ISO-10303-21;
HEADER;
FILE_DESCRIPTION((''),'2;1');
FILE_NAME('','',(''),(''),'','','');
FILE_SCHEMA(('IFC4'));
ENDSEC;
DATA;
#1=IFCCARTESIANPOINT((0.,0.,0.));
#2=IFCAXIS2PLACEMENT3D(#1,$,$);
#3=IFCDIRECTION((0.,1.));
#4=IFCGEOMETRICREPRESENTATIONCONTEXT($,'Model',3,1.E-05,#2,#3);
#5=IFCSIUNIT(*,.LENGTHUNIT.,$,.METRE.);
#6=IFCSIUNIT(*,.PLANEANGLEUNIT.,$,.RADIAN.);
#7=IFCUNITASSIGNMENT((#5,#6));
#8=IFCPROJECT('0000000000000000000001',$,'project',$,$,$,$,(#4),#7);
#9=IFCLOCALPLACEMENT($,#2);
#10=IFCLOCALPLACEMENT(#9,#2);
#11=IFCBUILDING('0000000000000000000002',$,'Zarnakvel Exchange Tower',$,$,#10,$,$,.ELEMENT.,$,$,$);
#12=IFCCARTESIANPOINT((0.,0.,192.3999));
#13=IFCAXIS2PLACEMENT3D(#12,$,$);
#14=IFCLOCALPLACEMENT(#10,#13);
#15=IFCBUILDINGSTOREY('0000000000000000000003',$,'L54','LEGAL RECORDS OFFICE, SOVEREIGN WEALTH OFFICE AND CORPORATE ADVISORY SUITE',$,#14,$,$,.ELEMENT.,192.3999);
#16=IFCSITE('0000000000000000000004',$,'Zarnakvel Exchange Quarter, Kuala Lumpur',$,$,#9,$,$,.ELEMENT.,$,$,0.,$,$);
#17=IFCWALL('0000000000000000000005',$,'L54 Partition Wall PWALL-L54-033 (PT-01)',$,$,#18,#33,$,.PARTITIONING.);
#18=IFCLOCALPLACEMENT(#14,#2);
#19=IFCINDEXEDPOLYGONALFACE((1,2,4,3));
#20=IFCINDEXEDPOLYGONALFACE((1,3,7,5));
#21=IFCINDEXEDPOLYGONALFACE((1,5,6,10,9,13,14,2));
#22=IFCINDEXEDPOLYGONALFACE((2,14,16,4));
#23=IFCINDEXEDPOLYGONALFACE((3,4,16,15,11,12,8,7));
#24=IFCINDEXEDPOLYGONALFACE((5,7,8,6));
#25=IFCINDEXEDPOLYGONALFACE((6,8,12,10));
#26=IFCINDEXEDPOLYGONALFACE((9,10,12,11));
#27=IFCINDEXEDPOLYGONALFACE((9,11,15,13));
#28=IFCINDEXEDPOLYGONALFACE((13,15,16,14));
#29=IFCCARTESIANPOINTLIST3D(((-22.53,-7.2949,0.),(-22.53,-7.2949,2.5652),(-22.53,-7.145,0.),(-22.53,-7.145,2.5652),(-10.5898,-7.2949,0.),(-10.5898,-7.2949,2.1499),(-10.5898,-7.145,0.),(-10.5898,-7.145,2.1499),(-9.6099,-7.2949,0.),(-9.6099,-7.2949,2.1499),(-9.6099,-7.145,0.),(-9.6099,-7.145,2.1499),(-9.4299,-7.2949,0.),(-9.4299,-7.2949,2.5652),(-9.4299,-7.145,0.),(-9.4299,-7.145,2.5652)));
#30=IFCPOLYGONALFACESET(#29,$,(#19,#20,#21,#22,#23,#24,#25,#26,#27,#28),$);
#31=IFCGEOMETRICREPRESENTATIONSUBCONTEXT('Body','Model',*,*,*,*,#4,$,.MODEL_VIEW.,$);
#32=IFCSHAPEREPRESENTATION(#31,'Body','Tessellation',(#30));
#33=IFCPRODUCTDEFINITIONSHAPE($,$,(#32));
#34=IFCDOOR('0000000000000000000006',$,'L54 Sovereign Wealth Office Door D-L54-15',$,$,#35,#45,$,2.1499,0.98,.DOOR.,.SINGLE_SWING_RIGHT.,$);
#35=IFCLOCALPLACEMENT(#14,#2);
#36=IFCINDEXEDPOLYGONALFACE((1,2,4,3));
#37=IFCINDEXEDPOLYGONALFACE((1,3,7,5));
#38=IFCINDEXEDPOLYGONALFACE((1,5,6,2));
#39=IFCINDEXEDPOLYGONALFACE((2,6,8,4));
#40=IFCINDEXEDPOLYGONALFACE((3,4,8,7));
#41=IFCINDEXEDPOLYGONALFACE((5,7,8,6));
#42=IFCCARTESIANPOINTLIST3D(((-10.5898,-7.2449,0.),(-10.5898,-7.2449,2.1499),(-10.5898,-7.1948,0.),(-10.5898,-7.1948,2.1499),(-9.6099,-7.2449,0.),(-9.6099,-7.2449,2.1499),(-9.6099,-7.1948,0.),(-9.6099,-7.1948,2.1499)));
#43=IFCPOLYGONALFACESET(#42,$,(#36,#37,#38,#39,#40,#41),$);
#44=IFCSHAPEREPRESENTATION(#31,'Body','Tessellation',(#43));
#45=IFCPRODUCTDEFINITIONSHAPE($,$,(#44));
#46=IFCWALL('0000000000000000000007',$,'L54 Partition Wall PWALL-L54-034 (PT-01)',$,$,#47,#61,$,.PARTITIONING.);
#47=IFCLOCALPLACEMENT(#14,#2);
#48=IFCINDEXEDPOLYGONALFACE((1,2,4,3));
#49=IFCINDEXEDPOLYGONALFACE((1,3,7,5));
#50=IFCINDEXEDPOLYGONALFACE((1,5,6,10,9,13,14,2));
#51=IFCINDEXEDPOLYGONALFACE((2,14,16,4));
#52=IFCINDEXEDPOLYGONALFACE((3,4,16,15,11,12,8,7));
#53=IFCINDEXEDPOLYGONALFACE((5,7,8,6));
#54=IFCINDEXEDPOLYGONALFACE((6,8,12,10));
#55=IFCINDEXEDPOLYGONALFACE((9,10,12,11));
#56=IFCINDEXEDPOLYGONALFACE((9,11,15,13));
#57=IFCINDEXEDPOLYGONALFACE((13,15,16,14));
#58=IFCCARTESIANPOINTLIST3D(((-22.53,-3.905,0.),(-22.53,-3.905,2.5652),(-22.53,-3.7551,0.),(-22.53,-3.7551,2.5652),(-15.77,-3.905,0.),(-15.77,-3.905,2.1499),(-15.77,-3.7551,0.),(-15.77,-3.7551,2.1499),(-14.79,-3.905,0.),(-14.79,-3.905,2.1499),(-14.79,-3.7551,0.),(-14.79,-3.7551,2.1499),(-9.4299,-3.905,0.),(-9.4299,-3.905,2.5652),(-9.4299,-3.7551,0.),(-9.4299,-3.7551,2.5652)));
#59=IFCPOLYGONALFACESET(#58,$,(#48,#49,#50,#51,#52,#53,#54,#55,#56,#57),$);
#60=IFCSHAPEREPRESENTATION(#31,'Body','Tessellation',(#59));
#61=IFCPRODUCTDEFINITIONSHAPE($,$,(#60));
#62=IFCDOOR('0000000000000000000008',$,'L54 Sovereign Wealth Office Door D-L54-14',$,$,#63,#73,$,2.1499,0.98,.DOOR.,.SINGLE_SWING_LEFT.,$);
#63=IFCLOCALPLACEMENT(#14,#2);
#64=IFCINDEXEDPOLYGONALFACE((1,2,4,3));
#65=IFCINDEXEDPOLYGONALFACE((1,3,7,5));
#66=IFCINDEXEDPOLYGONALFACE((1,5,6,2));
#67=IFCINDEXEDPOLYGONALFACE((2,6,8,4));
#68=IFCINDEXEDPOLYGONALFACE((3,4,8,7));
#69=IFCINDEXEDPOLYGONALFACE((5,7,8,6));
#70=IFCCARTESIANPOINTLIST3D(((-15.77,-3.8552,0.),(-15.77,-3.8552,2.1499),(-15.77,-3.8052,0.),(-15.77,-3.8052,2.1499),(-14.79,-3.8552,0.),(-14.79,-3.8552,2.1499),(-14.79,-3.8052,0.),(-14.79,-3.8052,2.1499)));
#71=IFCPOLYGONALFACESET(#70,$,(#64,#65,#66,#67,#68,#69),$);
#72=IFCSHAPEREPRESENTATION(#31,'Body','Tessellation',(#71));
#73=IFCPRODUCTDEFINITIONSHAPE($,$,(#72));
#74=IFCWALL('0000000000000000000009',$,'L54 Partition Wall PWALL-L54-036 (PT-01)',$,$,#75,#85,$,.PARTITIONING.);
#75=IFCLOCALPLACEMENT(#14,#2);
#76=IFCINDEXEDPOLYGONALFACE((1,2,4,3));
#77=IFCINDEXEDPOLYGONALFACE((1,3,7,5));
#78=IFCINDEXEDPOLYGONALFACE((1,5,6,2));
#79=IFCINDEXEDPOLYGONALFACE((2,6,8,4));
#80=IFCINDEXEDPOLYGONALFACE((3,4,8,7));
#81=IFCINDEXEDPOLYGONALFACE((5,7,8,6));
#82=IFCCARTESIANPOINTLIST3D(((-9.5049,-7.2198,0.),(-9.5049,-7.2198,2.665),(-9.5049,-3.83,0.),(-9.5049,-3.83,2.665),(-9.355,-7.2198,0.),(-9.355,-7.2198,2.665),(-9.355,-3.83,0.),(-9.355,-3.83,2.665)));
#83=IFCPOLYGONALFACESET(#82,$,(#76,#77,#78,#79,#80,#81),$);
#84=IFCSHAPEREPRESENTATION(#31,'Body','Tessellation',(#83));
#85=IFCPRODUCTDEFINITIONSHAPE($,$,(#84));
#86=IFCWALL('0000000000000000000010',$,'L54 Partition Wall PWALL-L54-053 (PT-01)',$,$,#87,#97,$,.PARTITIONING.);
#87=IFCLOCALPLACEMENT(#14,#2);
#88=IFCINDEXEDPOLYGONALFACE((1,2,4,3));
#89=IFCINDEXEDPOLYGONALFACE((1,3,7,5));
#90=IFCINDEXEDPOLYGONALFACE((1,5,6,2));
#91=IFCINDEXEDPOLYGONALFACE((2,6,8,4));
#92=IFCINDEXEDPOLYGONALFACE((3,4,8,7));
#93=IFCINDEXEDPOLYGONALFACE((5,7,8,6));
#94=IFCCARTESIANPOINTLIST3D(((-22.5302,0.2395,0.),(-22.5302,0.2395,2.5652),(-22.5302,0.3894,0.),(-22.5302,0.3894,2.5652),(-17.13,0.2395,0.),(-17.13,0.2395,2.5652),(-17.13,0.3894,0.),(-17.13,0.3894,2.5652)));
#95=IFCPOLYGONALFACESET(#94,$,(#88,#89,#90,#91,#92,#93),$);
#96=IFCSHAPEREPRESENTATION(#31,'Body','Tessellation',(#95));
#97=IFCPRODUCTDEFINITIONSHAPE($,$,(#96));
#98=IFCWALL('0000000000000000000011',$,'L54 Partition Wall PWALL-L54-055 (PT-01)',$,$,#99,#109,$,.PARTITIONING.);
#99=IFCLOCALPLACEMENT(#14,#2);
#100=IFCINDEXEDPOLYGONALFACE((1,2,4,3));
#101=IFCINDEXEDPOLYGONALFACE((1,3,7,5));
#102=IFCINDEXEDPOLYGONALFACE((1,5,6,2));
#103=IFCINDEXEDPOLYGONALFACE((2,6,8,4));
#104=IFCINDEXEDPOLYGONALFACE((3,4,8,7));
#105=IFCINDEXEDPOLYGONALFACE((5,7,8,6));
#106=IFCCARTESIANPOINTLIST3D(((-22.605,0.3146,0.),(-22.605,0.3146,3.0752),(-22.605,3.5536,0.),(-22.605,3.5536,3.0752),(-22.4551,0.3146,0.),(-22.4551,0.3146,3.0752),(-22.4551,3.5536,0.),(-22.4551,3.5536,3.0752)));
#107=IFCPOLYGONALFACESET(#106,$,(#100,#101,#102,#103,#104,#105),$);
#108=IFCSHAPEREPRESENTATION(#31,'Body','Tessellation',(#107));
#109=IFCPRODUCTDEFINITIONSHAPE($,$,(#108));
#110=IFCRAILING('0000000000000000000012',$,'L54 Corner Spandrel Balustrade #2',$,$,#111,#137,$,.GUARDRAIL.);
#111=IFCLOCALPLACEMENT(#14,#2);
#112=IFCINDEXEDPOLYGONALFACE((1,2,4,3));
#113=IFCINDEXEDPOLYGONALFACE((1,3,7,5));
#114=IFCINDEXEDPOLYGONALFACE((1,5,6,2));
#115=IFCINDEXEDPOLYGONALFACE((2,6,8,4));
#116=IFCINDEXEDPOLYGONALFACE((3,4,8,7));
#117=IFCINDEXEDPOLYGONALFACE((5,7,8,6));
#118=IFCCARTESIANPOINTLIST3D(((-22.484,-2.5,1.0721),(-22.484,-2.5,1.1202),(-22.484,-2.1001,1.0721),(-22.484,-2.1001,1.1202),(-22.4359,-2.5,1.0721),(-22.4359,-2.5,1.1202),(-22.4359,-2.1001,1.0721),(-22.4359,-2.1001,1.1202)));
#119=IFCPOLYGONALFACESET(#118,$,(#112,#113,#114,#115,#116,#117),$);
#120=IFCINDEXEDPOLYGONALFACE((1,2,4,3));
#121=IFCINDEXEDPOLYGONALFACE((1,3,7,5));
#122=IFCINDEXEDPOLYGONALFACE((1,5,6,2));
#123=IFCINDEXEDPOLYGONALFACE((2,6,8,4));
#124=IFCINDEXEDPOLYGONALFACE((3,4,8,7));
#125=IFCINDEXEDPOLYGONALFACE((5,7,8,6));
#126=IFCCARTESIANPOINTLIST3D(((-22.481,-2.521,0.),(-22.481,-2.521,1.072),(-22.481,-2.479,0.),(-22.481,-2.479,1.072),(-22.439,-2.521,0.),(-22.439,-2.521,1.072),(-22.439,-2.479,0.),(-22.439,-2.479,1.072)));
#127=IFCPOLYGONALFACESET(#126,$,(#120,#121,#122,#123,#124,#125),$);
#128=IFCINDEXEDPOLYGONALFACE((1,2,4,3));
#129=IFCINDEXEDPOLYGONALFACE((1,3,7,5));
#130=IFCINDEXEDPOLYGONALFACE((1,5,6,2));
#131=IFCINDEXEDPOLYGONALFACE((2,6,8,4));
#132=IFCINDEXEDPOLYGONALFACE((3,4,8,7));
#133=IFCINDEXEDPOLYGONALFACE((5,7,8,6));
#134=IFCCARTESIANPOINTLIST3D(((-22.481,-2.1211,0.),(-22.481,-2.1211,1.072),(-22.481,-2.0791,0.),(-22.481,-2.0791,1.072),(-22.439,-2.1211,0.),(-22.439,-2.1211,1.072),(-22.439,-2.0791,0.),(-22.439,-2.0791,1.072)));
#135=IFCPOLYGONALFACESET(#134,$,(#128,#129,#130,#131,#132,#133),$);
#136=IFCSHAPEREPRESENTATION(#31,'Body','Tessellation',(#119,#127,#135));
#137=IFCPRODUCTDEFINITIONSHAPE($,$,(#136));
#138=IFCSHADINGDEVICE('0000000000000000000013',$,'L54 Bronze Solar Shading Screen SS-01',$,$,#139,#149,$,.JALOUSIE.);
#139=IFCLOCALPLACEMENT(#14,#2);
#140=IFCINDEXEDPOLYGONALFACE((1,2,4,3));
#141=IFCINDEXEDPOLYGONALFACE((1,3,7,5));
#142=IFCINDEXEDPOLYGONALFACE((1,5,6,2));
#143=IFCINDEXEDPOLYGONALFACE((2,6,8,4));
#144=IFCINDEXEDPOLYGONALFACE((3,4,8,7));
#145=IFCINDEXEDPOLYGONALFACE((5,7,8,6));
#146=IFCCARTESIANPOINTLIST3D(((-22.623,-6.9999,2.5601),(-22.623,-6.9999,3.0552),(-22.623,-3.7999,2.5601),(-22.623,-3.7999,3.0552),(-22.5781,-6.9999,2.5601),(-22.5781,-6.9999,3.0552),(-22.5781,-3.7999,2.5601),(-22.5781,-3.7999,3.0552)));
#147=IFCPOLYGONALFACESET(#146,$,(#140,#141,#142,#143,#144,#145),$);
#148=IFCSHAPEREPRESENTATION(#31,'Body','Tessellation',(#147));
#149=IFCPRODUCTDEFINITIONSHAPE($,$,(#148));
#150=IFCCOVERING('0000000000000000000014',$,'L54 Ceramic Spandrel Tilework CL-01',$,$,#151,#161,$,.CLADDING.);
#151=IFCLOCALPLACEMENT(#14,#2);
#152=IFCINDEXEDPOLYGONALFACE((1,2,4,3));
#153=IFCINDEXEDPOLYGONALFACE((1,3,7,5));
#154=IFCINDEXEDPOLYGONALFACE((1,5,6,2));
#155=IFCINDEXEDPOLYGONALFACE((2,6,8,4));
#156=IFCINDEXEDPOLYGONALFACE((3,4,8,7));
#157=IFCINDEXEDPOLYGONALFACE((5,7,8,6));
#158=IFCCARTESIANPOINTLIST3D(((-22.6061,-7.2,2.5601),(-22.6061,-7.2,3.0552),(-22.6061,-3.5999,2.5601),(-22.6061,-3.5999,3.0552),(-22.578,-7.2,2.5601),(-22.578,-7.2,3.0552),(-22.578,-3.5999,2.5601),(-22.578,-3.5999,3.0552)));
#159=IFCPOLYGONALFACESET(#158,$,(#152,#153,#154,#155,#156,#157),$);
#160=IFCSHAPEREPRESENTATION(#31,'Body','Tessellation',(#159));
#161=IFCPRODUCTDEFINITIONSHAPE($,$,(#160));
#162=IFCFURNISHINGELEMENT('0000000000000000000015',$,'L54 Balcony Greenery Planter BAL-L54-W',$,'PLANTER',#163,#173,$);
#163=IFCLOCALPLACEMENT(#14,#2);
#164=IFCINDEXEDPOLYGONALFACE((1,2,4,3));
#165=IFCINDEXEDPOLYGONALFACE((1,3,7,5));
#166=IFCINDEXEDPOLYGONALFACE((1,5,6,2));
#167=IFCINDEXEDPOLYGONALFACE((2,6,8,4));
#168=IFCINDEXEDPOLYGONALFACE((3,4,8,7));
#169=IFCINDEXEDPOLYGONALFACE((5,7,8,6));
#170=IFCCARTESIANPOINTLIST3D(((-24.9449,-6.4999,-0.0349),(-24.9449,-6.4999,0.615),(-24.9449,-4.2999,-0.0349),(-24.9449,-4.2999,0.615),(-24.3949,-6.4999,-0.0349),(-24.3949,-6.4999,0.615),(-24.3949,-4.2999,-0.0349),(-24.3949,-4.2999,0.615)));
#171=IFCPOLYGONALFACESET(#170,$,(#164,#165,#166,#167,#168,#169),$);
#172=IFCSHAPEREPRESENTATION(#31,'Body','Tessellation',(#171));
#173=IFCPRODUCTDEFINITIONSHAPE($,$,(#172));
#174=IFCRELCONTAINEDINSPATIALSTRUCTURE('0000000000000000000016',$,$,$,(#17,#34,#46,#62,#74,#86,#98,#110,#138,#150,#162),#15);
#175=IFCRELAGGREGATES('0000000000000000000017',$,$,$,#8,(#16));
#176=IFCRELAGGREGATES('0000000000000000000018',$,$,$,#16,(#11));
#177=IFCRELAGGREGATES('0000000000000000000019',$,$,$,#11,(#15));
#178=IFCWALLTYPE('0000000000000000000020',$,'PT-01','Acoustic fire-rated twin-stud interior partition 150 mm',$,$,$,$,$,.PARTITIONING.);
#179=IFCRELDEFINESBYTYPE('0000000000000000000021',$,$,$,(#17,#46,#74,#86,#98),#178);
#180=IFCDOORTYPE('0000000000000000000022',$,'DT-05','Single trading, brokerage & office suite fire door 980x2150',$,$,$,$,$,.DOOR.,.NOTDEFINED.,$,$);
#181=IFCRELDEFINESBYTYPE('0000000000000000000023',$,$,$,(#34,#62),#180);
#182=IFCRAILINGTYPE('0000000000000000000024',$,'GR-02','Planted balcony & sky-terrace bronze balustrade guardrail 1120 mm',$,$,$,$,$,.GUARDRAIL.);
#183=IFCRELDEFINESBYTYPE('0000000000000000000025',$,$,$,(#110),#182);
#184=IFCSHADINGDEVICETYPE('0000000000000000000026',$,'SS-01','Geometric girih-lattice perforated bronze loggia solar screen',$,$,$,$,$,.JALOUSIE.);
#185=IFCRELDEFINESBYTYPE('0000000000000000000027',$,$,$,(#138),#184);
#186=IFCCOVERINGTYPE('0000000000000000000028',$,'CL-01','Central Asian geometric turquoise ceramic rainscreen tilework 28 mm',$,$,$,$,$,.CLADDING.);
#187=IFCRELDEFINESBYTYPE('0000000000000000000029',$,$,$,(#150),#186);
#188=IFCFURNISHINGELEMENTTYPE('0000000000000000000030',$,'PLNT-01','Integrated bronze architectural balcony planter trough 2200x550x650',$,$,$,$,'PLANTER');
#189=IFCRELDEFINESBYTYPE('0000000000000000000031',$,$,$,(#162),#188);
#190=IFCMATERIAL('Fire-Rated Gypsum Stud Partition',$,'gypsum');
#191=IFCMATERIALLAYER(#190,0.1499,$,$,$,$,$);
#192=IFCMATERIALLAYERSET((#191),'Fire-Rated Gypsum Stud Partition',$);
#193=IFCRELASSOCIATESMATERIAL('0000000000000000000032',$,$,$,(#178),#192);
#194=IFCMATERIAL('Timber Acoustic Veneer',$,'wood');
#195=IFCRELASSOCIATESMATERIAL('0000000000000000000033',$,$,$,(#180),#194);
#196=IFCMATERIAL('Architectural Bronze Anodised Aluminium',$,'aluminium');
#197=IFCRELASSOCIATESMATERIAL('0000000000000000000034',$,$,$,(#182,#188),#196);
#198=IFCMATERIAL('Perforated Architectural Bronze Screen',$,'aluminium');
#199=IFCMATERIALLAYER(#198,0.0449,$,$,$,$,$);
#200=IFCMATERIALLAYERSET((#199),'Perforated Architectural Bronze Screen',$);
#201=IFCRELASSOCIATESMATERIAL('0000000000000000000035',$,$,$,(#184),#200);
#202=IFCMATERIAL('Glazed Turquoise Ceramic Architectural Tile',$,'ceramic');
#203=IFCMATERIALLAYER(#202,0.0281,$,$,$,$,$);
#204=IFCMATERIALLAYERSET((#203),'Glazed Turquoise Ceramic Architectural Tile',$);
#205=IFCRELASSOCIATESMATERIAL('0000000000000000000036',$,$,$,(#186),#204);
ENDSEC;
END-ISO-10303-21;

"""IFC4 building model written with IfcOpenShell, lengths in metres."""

from ifc_helpers import new_model, si_unit, direction, frame, frame_2d, origin, origin_2d, place, context, subcontext, project, spatial, rectangle, extrude, source, transform, mapped, material, layer, layer_set, type_object, element, fill, save


model = new_model("IFC4")

# Units and contexts
model_context = context("Model", 3, precision=1e-05, world=origin(), true_north=direction((0.0, 1.0)))
body_context = subcontext(model_context, "Body", "Model", "MODEL_VIEW")
ifc_project = project(units=[si_unit("LENGTHUNIT", "METRE"), si_unit("PLANEANGLEUNIT", "RADIAN")], contexts=[model_context])

# Site, building, storey
site_placement = place(None, origin())
site = spatial("IfcSite", under=ifc_project, at=site_placement, Name="Zarnakvel Exchange Quarter, Kuala Lumpur", CompositionType="ELEMENT", RefElevation=0.0)
building_placement = place(site_placement, origin())
building = spatial("IfcBuilding", under=site, at=building_placement, Name="Zarnakvel Exchange Tower", CompositionType="ELEMENT")
storey_placement = place(building_placement, frame((0.0, 0.0, 192.3999)))
storey = spatial("IfcBuildingStorey", under=building, at=storey_placement, Name="L54", Description="LEGAL RECORDS OFFICE, SOVEREIGN WEALTH OFFICE AND CORPORATE ADVISORY SUITE", CompositionType="ELEMENT", Elevation=192.3999)

# Shared definitions
ifc_material_1 = material(Name="Architectural Bronze Anodised Aluminium", Category="aluminium")

# Walls, openings, doors
ifc_material_2 = material(Name="Fire-Rated Gypsum Stud Partition", Category="gypsum")
ifc_layer_1 = layer(ifc_material_2, 0.1499)
ifc_layer_set_1 = layer_set([ifc_layer_1], Name="Fire-Rated Gypsum Stud Partition")
wall_type_1 = type_object("IfcWallType", Name="PT-01", Description="Acoustic fire-rated twin-stud interior partition 150 mm", PredefinedType="PARTITIONING", material=ifc_layer_set_1)
wall_1_placement = place(storey_placement, frame((-9.4299, -7.22, 0.0), z_axis=(0.0, 0.0, 1.0), x_axis=(-1.0, 0.0, 0.0)))
wall_1 = element("IfcWall", 1, at=wall_1_placement, inside=storey, type_object=wall_type_1, Name="L54 Partition Wall PWALL-L54-033 (PT-01)", PredefinedType="PARTITIONING", context=body_context, shape_type="SweptSolid", body=[
    extrude(rectangle(XDim=13.1001, YDim=0.1499, at=frame_2d((6.55, 0.0))), origin(), (0.0, 0.0, 1.0), 2.5652),
])
opening_1_placement = place(wall_1_placement, frame((0.1799, 0.0, 0.0)))
opening_1 = element("IfcOpeningElement", 2, at=opening_1_placement, cuts=wall_1, PredefinedType="OPENING", context=body_context, shape_type="SweptSolid", body=[
    extrude(rectangle(XDim=0.98, YDim=2.1499, at=frame_2d((0.49, 1.075))), frame((0.0, 0.085, 0.0), z_axis=(0.0, -1.0, 0.0), x_axis=(1.0, 0.0, 0.0)), (0.0, 0.0, 1.0), 0.1699),
])
ifc_material_3 = material(Name="Timber Acoustic Veneer", Category="wood")
door_type = type_object("IfcDoorType", Name="DT-05", Description="Single trading, brokerage & office suite fire door 980x2150", OperationType="NOTDEFINED", PredefinedType="DOOR", material=ifc_material_3)
shared_shape_1 = source(origin(), body_context, "Body", "SweptSolid", [
    extrude(rectangle(XDim=0.98, YDim=2.1499, at=frame_2d((0.49, 1.075))), frame((0.0, 0.0249, 0.0), z_axis=(0.0, -1.0, 0.0), x_axis=(1.0, 0.0, 0.0)), (0.0, 0.0, 1.0), 0.05),
])
door_1_placement = place(opening_1_placement, origin())
door_1 = element("IfcDoor", 3, at=door_1_placement, inside=storey, type_object=door_type, Name="L54 Sovereign Wealth Office Door D-L54-15", OperationType="SINGLE_SWING_RIGHT", OverallHeight=2.1499, OverallWidth=0.98, PredefinedType="DOOR", context=body_context, shape_type="MappedRepresentation", body=[
    mapped(shared_shape_1, transform((0.0, 0.0, 0.0), x_axis=(1.0, 0.0, 0.0), y_axis=(0.0, 1.0, 0.0), z_axis=(0.0, 0.0, 1.0), scale=1.0)),
])
fill(opening_1, door_1)
wall_2_placement = place(storey_placement, frame((-22.53, -3.8301, 0.0), z_axis=(0.0, 0.0, 1.0), x_axis=(1.0, 0.0, 0.0)))
wall_2 = element("IfcWall", 4, at=wall_2_placement, inside=storey, type_object=wall_type_1, Name="L54 Partition Wall PWALL-L54-034 (PT-01)", PredefinedType="PARTITIONING", context=body_context, shape_type="SweptSolid", body=[
    extrude(rectangle(XDim=13.1001, YDim=0.1499, at=frame_2d((6.55, 0.0))), origin(), (0.0, 0.0, 1.0), 2.5652),
])
opening_2_placement = place(wall_2_placement, frame((6.76, 0.0, 0.0)))
opening_2 = element("IfcOpeningElement", 5, at=opening_2_placement, cuts=wall_2, PredefinedType="OPENING", context=body_context, shape_type="SweptSolid", body=[
    extrude(rectangle(XDim=0.98, YDim=2.1499, at=frame_2d((0.49, 1.075))), frame((0.0, 0.085, 0.0), z_axis=(0.0, -1.0, 0.0), x_axis=(1.0, 0.0, 0.0)), (0.0, 0.0, 1.0), 0.1699),
])
door_2_placement = place(opening_2_placement, origin())
door_2 = element("IfcDoor", 6, at=door_2_placement, inside=storey, type_object=door_type, Name="L54 Sovereign Wealth Office Door D-L54-14", OperationType="SINGLE_SWING_LEFT", OverallHeight=2.1499, OverallWidth=0.98, PredefinedType="DOOR", context=body_context, shape_type="MappedRepresentation", body=[
    mapped(shared_shape_1, transform((0.0, 0.0, 0.0), x_axis=(1.0, 0.0, 0.0), y_axis=(0.0, 1.0, 0.0), z_axis=(0.0, 0.0, 1.0), scale=1.0)),
])
fill(opening_2, door_2)

# Walls
wall_3_placement = place(storey_placement, frame((-9.4299, -3.8301, 0.0), z_axis=(0.0, 0.0, 1.0), x_axis=(0.0, -1.0, 0.0)))
element("IfcWall", 7, at=wall_3_placement, inside=storey, type_object=wall_type_1, Name="L54 Partition Wall PWALL-L54-036 (PT-01)", PredefinedType="PARTITIONING", context=body_context, shape_type="SweptSolid", body=[
    extrude(rectangle(XDim=3.3899, YDim=0.1499, at=frame_2d((1.6948, 0.0))), origin(), (0.0, 0.0, 1.0), 2.665),
])
wall_4_placement = place(storey_placement, frame((-17.1299, 0.3145, 0.0), z_axis=(0.0, 0.0, 1.0), x_axis=(-1.0, 0.0, 0.0)))
element("IfcWall", 8, at=wall_4_placement, inside=storey, type_object=wall_type_1, Name="L54 Partition Wall PWALL-L54-053 (PT-01)", PredefinedType="PARTITIONING", context=body_context, shape_type="SweptSolid", body=[
    extrude(rectangle(XDim=5.4001, YDim=0.1499, at=frame_2d((2.7002, 0.0))), origin(), (0.0, 0.0, 1.0), 2.5652),
])
wall_5_placement = place(storey_placement, frame((-22.53, 0.3145, 0.0), z_axis=(0.0, 0.0, 1.0), x_axis=(0.0, 1.0, 0.0)))
element("IfcWall", 9, at=wall_5_placement, inside=storey, type_object=wall_type_1, Name="L54 Partition Wall PWALL-L54-055 (PT-01)", PredefinedType="PARTITIONING", context=body_context, shape_type="SweptSolid", body=[
    extrude(rectangle(XDim=3.239, YDim=0.1499, at=frame_2d((1.6196, 0.0))), origin(), (0.0, 0.0, 1.0), 3.0752),
])

# Railing
railing_type = type_object("IfcRailingType", Name="GR-02", Description="Planted balcony & sky-terrace bronze balustrade guardrail 1120 mm", PredefinedType="GUARDRAIL", material=ifc_material_1)
railing_placement = place(storey_placement, frame((-22.46, -2.5, 0.0)))
element("IfcRailing", 10, at=railing_placement, inside=storey, type_object=railing_type, Name="L54 Corner Spandrel Balustrade #2", PredefinedType="GUARDRAIL", context=body_context, shape_type="SweptSolid", body=[
    extrude(rectangle(XDim=0.0481, YDim=0.0481, at=origin_2d()), frame((0.0, 0.0, 1.0962), z_axis=(0.0, 1.0, 0.0), x_axis=(-1.0, 0.0, 0.0)), (0.0, 0.0, 1.0), 0.3999),
    extrude(rectangle(XDim=0.042, YDim=0.042, at=origin_2d()), origin(), (0.0, 0.0, 1.0), 1.072),
    extrude(rectangle(XDim=0.042, YDim=0.042, at=origin_2d()), frame((0.0, 0.3999, 0.0)), (0.0, 0.0, 1.0), 1.072),
])

# Shading device
ifc_material_4 = material(Name="Perforated Architectural Bronze Screen", Category="aluminium")
ifc_layer_2 = layer(ifc_material_4, 0.0449)
ifc_layer_set_2 = layer_set([ifc_layer_2], Name="Perforated Architectural Bronze Screen")
shading_device_type = type_object("IfcShadingDeviceType", Name="SS-01", Description="Geometric girih-lattice perforated bronze loggia solar screen", PredefinedType="JALOUSIE", material=ifc_layer_set_2)
shared_shape_2 = source(origin(), body_context, "Body", "SweptSolid", [
    extrude(rectangle(XDim=3.2, YDim=0.0449, at=origin_2d()), origin(), (0.0, 0.0, 1.0), 0.4951),
])
shading_device_placement = place(storey_placement, frame((-22.6006, -5.3999, 2.5601), z_axis=(0.0, 0.0, 1.0), x_axis=(0.0, 1.0, 0.0)))
element("IfcShadingDevice", 11, at=shading_device_placement, inside=storey, type_object=shading_device_type, Name="L54 Bronze Solar Shading Screen SS-01", PredefinedType="JALOUSIE", context=body_context, shape_type="MappedRepresentation", body=[
    mapped(shared_shape_2, transform((0.0, 0.0, 0.0), x_axis=(1.0, 0.0, 0.0), y_axis=(0.0, 1.0, 0.0), z_axis=(0.0, 0.0, 1.0), scale=1.0)),
])

# Covering
ifc_material_5 = material(Name="Glazed Turquoise Ceramic Architectural Tile", Category="ceramic")
ifc_layer_3 = layer(ifc_material_5, 0.0281)
ifc_layer_set_3 = layer_set([ifc_layer_3], Name="Glazed Turquoise Ceramic Architectural Tile")
covering_type = type_object("IfcCoveringType", Name="CL-01", Description="Central Asian geometric turquoise ceramic rainscreen tilework 28 mm", PredefinedType="CLADDING", material=ifc_layer_set_3)
shared_shape_3 = source(origin(), body_context, "Body", "SweptSolid", [
    extrude(rectangle(XDim=3.6001, YDim=0.0281, at=origin_2d()), origin(), (0.0, 0.0, 1.0), 0.4951),
])
covering_placement = place(storey_placement, frame((-22.592, -5.3999, 2.5601), z_axis=(0.0, 0.0, 1.0), x_axis=(0.0, 1.0, 0.0)))
element("IfcCovering", 12, at=covering_placement, inside=storey, type_object=covering_type, Name="L54 Ceramic Spandrel Tilework CL-01", PredefinedType="CLADDING", context=body_context, shape_type="MappedRepresentation", body=[
    mapped(shared_shape_3, transform((0.0, 0.0, 0.0), x_axis=(1.0, 0.0, 0.0), y_axis=(0.0, 1.0, 0.0), z_axis=(0.0, 0.0, 1.0), scale=1.0)),
])

# Furnishing element
furnishing_element_type = type_object("IfcFurnishingElementType", Name="PLNT-01", Description="Integrated bronze architectural balcony planter trough 2200x550x650", ElementType="PLANTER", material=ifc_material_1)
shared_shape_4 = source(origin(), body_context, "Body", "SweptSolid", [
    extrude(rectangle(XDim=2.2, YDim=0.55, at=origin_2d()), origin(), (0.0, 0.0, 1.0), 0.6499),
])
furnishing_placement = place(storey_placement, frame((-24.6699, -5.3999, -0.0349), z_axis=(0.0, 0.0, 1.0), x_axis=(0.0, 1.0, 0.0)))
element("IfcFurnishingElement", 13, at=furnishing_placement, inside=storey, type_object=furnishing_element_type, Name="L54 Balcony Greenery Planter BAL-L54-W", ObjectType="PLANTER", context=body_context, shape_type="MappedRepresentation", body=[
    mapped(shared_shape_4, transform((0.0, 0.0, 0.0), x_axis=(1.0, 0.0, 0.0), y_axis=(0.0, 1.0, 0.0), z_axis=(0.0, 0.0, 1.0), scale=1.0)),
])

save(model, "model.ifc")
